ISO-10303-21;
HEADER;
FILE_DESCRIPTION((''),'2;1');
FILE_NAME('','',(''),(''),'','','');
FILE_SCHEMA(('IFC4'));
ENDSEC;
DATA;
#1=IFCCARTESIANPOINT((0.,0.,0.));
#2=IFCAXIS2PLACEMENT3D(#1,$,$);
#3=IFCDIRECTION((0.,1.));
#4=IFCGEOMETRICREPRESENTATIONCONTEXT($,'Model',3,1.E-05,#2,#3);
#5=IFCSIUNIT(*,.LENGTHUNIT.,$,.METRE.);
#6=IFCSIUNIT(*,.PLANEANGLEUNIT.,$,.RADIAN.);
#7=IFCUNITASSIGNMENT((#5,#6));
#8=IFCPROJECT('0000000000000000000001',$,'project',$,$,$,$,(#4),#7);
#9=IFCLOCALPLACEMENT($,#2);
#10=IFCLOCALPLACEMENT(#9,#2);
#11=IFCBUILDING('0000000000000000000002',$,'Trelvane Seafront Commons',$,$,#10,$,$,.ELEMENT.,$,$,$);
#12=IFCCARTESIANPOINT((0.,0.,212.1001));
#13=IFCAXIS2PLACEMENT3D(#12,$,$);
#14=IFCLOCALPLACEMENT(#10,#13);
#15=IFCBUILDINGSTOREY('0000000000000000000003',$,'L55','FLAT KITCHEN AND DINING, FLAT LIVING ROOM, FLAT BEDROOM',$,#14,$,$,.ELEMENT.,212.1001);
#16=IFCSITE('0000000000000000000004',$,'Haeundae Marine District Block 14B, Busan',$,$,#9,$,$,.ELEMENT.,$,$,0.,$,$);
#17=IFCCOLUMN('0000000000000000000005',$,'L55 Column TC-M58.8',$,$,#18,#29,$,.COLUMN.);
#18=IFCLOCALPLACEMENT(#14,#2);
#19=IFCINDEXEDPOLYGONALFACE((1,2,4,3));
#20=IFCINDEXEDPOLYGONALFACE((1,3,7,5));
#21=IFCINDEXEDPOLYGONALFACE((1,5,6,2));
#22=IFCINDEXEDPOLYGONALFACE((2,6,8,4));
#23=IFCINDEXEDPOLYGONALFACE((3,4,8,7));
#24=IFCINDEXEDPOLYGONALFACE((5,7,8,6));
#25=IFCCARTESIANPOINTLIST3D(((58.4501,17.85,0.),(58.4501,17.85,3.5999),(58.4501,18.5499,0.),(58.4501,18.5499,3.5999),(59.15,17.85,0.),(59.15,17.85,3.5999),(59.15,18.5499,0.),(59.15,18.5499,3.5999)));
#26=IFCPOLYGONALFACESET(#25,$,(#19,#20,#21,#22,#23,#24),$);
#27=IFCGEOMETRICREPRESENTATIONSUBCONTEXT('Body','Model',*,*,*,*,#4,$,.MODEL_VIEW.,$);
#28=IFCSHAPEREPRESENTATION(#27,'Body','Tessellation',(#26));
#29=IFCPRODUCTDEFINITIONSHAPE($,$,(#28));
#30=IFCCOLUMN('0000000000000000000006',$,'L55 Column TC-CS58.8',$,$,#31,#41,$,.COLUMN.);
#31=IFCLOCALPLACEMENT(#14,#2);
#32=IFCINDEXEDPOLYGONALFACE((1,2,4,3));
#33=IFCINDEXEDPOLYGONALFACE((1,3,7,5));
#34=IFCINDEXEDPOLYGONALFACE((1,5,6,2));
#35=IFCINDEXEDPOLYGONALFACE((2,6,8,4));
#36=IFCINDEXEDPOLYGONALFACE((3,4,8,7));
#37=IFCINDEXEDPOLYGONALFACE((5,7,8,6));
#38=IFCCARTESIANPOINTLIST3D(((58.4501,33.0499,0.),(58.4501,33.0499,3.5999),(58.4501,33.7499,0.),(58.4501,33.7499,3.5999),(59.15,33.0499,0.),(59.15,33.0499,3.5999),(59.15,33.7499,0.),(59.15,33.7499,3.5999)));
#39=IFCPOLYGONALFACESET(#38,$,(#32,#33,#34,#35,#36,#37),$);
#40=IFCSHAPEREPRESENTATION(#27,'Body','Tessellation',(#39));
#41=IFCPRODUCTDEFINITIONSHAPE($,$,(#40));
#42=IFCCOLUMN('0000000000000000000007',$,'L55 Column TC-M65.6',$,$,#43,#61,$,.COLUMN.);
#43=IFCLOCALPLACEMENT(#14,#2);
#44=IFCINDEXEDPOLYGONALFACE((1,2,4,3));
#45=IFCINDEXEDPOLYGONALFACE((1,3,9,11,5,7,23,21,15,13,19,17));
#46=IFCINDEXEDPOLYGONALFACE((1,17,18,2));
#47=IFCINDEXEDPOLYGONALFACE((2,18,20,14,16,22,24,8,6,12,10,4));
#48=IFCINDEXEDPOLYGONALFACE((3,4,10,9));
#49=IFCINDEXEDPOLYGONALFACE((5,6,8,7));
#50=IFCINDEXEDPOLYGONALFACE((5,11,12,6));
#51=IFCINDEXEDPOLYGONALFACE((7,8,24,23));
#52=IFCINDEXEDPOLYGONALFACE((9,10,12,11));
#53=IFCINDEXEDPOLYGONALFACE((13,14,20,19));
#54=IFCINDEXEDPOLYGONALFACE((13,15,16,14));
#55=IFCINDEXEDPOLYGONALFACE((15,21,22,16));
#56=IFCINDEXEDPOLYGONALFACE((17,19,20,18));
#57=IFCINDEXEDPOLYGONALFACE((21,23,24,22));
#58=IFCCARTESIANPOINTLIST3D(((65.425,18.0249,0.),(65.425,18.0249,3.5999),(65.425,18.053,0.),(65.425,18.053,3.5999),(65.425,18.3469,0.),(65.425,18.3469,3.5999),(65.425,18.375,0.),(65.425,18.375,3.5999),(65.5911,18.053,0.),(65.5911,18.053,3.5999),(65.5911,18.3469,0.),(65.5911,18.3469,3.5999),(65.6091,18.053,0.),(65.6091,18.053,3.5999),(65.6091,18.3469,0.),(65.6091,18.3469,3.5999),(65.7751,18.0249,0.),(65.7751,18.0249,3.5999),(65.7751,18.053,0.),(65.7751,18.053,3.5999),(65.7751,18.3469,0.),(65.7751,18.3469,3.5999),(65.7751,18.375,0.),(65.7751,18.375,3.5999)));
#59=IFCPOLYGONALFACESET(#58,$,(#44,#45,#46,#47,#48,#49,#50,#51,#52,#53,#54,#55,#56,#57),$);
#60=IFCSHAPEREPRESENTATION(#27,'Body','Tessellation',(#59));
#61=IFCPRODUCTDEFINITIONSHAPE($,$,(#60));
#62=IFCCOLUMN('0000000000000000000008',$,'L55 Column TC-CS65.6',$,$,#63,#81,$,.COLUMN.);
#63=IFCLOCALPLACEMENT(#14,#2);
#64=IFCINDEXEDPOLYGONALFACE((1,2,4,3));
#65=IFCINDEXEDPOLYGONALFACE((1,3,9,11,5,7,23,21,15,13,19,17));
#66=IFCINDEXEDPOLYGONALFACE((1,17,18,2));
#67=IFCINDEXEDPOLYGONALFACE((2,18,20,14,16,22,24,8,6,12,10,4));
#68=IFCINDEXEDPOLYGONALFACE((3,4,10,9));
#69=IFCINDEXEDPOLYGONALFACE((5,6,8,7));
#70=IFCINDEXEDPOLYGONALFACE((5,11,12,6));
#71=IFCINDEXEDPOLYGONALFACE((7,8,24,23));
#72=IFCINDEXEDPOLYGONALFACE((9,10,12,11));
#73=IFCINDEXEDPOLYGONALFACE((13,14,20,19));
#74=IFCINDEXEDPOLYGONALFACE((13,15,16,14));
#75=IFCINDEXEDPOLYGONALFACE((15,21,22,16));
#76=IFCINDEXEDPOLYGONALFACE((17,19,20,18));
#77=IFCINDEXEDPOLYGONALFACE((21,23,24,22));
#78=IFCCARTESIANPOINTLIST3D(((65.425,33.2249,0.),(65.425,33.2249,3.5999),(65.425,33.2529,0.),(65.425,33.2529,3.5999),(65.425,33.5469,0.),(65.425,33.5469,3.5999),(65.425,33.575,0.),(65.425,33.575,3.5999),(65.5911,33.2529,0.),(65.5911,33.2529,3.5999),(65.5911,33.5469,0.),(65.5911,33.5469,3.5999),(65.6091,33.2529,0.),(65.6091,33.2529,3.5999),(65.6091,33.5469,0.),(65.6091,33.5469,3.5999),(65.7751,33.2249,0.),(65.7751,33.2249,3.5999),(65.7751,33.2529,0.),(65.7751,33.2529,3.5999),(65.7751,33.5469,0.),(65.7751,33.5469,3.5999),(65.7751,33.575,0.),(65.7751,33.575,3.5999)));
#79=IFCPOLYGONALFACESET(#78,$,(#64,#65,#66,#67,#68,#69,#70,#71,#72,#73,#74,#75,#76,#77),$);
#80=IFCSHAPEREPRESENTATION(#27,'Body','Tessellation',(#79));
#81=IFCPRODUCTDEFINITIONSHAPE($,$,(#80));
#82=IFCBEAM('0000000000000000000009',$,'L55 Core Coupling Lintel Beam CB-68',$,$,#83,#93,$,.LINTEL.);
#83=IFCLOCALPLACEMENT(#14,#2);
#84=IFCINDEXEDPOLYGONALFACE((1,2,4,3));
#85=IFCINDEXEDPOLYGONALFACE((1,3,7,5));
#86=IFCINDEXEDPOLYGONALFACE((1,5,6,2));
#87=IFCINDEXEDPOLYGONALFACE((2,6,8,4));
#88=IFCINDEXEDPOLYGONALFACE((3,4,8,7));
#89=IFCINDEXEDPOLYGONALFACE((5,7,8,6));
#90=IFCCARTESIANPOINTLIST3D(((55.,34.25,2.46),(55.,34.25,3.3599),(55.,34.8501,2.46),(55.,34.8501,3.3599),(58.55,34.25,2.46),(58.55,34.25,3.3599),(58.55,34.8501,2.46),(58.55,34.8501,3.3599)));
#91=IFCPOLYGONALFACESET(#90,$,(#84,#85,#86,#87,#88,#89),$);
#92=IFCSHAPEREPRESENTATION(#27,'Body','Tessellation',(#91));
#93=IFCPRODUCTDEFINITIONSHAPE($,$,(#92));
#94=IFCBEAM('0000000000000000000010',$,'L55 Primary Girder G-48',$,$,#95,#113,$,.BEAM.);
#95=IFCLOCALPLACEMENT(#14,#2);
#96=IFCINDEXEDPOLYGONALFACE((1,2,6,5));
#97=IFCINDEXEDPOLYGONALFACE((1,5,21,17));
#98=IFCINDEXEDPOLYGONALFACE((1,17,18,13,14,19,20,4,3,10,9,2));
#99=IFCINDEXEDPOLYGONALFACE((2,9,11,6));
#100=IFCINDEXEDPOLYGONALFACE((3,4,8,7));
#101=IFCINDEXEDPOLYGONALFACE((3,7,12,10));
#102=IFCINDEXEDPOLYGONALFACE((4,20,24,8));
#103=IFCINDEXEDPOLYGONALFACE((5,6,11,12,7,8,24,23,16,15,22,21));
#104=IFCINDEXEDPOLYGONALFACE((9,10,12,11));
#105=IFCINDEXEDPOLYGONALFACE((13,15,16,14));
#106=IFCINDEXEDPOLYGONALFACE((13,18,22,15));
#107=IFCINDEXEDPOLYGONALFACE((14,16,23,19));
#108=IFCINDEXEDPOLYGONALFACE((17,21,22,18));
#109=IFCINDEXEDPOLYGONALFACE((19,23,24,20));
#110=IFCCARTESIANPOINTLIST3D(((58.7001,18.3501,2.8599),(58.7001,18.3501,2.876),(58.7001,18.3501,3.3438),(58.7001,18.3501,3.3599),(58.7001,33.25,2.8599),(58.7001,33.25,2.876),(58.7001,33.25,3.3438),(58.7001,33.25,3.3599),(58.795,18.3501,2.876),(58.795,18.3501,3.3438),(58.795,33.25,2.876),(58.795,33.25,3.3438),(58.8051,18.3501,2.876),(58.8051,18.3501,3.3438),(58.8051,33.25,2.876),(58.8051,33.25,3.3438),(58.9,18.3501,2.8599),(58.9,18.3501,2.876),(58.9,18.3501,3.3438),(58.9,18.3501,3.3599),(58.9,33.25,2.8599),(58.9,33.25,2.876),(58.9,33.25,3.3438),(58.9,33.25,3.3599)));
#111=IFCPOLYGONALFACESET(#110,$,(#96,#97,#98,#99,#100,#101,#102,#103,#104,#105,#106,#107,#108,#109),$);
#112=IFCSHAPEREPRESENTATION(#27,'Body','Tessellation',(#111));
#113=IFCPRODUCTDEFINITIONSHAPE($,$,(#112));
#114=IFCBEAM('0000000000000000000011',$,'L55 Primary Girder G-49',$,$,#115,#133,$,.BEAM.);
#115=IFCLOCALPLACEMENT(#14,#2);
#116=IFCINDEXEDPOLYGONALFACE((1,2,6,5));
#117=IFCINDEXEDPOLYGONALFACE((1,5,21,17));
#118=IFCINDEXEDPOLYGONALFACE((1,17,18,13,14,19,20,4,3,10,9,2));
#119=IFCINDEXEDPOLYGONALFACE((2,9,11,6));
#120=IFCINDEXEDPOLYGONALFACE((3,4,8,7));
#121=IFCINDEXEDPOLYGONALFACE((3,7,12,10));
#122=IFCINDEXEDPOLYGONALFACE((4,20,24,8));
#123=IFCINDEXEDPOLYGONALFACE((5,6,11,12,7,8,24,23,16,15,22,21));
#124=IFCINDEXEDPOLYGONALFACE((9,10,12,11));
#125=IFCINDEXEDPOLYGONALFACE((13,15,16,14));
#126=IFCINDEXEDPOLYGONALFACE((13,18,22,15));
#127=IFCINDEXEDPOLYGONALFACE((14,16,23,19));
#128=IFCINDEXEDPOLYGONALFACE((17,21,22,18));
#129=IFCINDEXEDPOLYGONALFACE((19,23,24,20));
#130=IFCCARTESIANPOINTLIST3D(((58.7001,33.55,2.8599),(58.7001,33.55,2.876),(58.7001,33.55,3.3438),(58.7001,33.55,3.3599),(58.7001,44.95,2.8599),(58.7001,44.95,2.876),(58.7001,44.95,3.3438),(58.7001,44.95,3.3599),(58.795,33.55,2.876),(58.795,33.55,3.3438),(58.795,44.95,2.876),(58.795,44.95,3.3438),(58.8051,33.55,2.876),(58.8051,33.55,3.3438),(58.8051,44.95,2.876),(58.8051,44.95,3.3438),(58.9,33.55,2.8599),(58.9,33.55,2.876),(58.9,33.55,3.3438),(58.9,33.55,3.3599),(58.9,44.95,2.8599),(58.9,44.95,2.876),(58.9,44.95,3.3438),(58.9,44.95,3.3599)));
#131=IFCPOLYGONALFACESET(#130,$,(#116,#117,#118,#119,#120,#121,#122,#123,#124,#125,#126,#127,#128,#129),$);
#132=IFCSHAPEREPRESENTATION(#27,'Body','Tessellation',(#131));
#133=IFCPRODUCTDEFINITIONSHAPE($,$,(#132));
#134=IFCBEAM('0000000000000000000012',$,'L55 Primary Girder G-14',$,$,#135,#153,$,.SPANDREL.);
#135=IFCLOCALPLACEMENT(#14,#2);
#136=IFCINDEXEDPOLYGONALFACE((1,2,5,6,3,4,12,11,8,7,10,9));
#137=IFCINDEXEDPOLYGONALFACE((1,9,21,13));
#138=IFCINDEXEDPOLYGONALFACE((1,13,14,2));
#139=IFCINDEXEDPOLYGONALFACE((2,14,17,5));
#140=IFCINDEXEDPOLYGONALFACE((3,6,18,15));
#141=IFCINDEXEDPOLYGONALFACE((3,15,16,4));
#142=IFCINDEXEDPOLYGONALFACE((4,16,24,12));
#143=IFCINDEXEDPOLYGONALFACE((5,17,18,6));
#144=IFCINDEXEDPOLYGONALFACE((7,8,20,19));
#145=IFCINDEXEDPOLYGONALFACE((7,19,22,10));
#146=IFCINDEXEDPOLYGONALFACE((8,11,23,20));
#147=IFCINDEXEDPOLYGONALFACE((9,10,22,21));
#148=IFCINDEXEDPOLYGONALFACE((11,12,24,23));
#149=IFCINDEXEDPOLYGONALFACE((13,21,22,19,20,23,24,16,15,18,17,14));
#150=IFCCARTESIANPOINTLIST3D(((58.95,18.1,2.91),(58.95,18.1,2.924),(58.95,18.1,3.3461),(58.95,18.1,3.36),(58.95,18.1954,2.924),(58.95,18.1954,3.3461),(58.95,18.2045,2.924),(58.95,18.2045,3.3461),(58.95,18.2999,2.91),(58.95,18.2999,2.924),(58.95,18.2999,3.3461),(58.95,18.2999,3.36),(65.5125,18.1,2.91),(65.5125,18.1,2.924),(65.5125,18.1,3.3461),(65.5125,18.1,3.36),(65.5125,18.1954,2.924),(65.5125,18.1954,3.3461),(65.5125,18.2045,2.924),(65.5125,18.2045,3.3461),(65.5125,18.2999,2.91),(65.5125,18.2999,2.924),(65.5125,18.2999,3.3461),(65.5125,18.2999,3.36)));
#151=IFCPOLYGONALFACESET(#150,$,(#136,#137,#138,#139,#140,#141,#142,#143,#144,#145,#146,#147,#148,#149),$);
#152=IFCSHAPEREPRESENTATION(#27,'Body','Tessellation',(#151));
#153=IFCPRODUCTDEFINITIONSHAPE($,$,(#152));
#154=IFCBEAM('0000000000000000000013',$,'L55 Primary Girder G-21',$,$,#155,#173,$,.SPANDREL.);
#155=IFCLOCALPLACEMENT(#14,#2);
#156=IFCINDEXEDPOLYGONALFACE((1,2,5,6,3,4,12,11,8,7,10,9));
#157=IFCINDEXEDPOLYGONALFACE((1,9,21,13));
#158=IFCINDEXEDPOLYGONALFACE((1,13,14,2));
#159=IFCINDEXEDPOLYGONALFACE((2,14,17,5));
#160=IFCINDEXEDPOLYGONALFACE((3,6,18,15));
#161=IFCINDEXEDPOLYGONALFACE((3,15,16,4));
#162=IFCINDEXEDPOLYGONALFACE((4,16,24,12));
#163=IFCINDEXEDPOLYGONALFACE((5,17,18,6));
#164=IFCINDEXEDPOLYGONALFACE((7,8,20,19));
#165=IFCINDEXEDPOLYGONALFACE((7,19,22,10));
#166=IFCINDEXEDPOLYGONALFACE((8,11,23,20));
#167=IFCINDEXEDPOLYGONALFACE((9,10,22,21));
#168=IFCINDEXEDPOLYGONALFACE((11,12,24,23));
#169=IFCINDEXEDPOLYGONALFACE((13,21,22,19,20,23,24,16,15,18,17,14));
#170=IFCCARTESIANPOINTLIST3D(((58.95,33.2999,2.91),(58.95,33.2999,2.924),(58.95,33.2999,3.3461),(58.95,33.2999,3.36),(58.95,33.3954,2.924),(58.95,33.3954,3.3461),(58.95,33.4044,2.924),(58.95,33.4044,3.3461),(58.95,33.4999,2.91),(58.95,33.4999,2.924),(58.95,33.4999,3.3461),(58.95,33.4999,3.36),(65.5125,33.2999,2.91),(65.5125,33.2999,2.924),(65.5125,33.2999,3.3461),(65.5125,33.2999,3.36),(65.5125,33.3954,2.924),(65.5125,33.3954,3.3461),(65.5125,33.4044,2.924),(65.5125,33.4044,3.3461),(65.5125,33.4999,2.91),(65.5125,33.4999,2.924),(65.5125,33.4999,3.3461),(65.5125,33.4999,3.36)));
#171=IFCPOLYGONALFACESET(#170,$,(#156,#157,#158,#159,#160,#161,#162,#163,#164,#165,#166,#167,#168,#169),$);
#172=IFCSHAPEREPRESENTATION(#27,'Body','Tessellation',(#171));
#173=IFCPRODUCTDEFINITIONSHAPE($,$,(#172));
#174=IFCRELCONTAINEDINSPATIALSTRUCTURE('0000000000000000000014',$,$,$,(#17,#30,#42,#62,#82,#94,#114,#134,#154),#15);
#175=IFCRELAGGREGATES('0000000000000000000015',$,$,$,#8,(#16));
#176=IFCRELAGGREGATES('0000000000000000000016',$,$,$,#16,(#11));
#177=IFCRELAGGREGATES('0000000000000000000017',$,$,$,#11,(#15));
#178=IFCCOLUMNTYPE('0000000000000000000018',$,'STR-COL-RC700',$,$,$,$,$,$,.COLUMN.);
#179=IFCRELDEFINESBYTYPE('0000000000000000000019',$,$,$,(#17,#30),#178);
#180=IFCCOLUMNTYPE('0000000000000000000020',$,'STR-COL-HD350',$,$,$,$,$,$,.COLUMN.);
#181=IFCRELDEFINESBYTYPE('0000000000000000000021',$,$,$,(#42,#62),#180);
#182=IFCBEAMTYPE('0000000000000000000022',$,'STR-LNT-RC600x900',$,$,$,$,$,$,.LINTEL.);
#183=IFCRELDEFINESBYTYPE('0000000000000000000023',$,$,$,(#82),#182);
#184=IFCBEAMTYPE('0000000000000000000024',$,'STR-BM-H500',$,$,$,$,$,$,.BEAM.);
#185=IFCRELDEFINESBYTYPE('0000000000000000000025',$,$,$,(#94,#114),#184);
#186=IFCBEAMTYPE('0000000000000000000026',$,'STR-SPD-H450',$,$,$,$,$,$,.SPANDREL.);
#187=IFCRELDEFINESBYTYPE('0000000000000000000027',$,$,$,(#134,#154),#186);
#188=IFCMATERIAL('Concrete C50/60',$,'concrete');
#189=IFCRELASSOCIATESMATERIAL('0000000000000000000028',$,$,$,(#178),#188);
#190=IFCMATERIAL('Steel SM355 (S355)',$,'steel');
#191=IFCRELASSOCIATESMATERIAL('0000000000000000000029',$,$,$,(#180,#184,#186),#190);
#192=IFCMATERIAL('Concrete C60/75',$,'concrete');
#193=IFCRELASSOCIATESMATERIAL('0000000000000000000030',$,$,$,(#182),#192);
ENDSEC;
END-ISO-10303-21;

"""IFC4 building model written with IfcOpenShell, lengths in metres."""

from ifc_helpers import new_model, si_unit, direction, frame, origin, origin_2d, place, context, subcontext, project, spatial, rectangle, i_section, extrude, source, transform, mapped, material, material_profile, profile_set, type_object, element, save


model = new_model("IFC4")

# Units and contexts
model_context = context("Model", 3, precision=1e-05, world=origin(), true_north=direction((0.0, 1.0)))
body_context = subcontext(model_context, "Body", "Model", "MODEL_VIEW")
ifc_project = project(units=[si_unit("LENGTHUNIT", "METRE"), si_unit("PLANEANGLEUNIT", "RADIAN")], contexts=[model_context])

# Site, building, storey
site_placement = place(None, origin())
site = spatial("IfcSite", under=ifc_project, at=site_placement, Name="Haeundae Marine District Block 14B, Busan", CompositionType="ELEMENT", RefElevation=0.0)
building_placement = place(site_placement, origin())
building = spatial("IfcBuilding", under=site, at=building_placement, Name="Trelvane Seafront Commons", CompositionType="ELEMENT")
storey_placement = place(building_placement, frame((0.0, 0.0, 212.1001)))
storey = spatial("IfcBuildingStorey", under=building, at=storey_placement, Name="L55", Description="FLAT KITCHEN AND DINING, FLAT LIVING ROOM, FLAT BEDROOM", CompositionType="ELEMENT", Elevation=212.1001)

# Columns
ifc_material_1 = material(Name="Concrete C50/60", Category="concrete")
ifc_material_profile_1 = material_profile(ifc_material_1, rectangle(XDim=0.7, YDim=0.7, at=origin_2d()), Name="RC-700x700")
ifc_profile_set_1 = profile_set([ifc_material_profile_1], Name="Concrete C50/60")
column_type_1 = type_object("IfcColumnType", Name="STR-COL-RC700", PredefinedType="COLUMN", material=ifc_profile_set_1)
shared_shape_1 = source(origin(), body_context, "Body", "SweptSolid", [
    extrude(rectangle(XDim=0.7, YDim=0.7, at=origin_2d()), origin(), (0.0, 0.0, 1.0), 3.5999),
])
for number, where, z_axis, x_axis, name in (
    (1, (58.8, 18.2, 0.0), (0.0, 0.0, 1.0), (1.0, 0.0, 0.0), "L55 Column TC-M58.8"),
    (2, (58.8, 33.3999, 0.0), (0.0, 0.0, 1.0), (1.0, 0.0, 0.0), "L55 Column TC-CS58.8"),
):
    element("IfcColumn", number, at=place(storey_placement, frame(where, z_axis=z_axis, x_axis=x_axis)), inside=storey, type_object=column_type_1, Name=name, PredefinedType="COLUMN", context=body_context, shape_type="MappedRepresentation", body=[
        mapped(shared_shape_1, transform((0.0, 0.0, 0.0), x_axis=(1.0, 0.0, 0.0), y_axis=(0.0, 1.0, 0.0), z_axis=(0.0, 0.0, 1.0), scale=1.0)),
    ])
ifc_material_2 = material(Name="Steel SM355 (S355)", Category="steel")
ifc_material_profile_2 = material_profile(ifc_material_2, i_section(OverallWidth=0.3501, OverallDepth=0.3501, WebThickness=0.0181, FlangeThickness=0.0281, at=origin_2d()), Name="HD-350x350x18x28")
ifc_profile_set_2 = profile_set([ifc_material_profile_2], Name="Steel SM355 (S355)")
column_type_2 = type_object("IfcColumnType", Name="STR-COL-HD350", PredefinedType="COLUMN", material=ifc_profile_set_2)
shared_shape_2 = source(origin(), body_context, "Body", "SweptSolid", [
    extrude(i_section(OverallWidth=0.3501, OverallDepth=0.3501, WebThickness=0.0181, FlangeThickness=0.0281, at=origin_2d()), origin(), (0.0, 0.0, 1.0), 3.5999),
])
for number, where, z_axis, x_axis, name in (
    (3, (65.6001, 18.2, 0.0), (0.0, 0.0, 1.0), (1.0, 0.0, 0.0), "L55 Column TC-M65.6"),
    (4, (65.6001, 33.3999, 0.0), (0.0, 0.0, 1.0), (1.0, 0.0, 0.0), "L55 Column TC-CS65.6"),
):
    element("IfcColumn", number, at=place(storey_placement, frame(where, z_axis=z_axis, x_axis=x_axis)), inside=storey, type_object=column_type_2, Name=name, PredefinedType="COLUMN", context=body_context, shape_type="MappedRepresentation", body=[
        mapped(shared_shape_2, transform((0.0, 0.0, 0.0), x_axis=(1.0, 0.0, 0.0), y_axis=(0.0, 1.0, 0.0), z_axis=(0.0, 0.0, 1.0), scale=1.0)),
    ])

# Beams
ifc_material_3 = material(Name="Concrete C60/75", Category="concrete")
ifc_material_profile_3 = material_profile(ifc_material_3, rectangle(XDim=0.6001, YDim=0.8999, at=origin_2d()), Name="RC-600x900")
ifc_profile_set_3 = profile_set([ifc_material_profile_3], Name="Concrete C60/75")
beam_type_1 = type_object("IfcBeamType", Name="STR-LNT-RC600x900", PredefinedType="LINTEL", material=ifc_profile_set_3)
shared_shape_3 = source(origin(), body_context, "Body", "SweptSolid", [
    extrude(rectangle(XDim=0.6001, YDim=0.8999, at=origin_2d()), origin(), (0.0, 0.0, 1.0), 3.55),
])
beam_1_placement = place(storey_placement, frame((55.0, 34.55, 2.9099), z_axis=(1.0, 0.0, 0.0), x_axis=(0.0, 1.0, 0.0)))
element("IfcBeam", 5, at=beam_1_placement, inside=storey, type_object=beam_type_1, Name="L55 Core Coupling Lintel Beam CB-68", PredefinedType="LINTEL", context=body_context, shape_type="MappedRepresentation", body=[
    mapped(shared_shape_3, transform((0.0, 0.0, 0.0), x_axis=(1.0, 0.0, 0.0), y_axis=(0.0, 1.0, 0.0), z_axis=(0.0, 0.0, 1.0), scale=1.0)),
])
ifc_material_profile_4 = material_profile(ifc_material_2, i_section(OverallWidth=0.2, OverallDepth=0.5, WebThickness=0.01, FlangeThickness=0.0161, at=origin_2d()), Name="H-500x200x10x16")
ifc_profile_set_4 = profile_set([ifc_material_profile_4], Name="Steel SM355 (S355)")
beam_type_2 = type_object("IfcBeamType", Name="STR-BM-H500", PredefinedType="BEAM", material=ifc_profile_set_4)
shared_shape_4 = source(origin(), body_context, "Body", "SweptSolid", [
    extrude(i_section(OverallWidth=0.2, OverallDepth=0.5, WebThickness=0.01, FlangeThickness=0.0161, at=origin_2d()), origin(), (0.0, 0.0, 1.0), 14.8999),
])
beam_2_placement = place(storey_placement, frame((58.8, 18.3501, 3.1099), z_axis=(0.0, 1.0, 0.0), x_axis=(-1.0, 0.0, 0.0)))
element("IfcBeam", 6, at=beam_2_placement, inside=storey, type_object=beam_type_2, Name="L55 Primary Girder G-48", PredefinedType="BEAM", context=body_context, shape_type="MappedRepresentation", body=[
    mapped(shared_shape_4, transform((0.0, 0.0, 0.0), x_axis=(1.0, 0.0, 0.0), y_axis=(0.0, 1.0, 0.0), z_axis=(0.0, 0.0, 1.0), scale=1.0)),
])
shared_shape_5 = source(origin(), body_context, "Body", "SweptSolid", [
    extrude(i_section(OverallWidth=0.2, OverallDepth=0.5, WebThickness=0.01, FlangeThickness=0.0161, at=origin_2d()), origin(), (0.0, 0.0, 1.0), 11.3999),
])
beam_3_placement = place(storey_placement, frame((58.8, 33.55, 3.1099), z_axis=(0.0, 1.0, 0.0), x_axis=(-1.0, 0.0, 0.0)))
element("IfcBeam", 7, at=beam_3_placement, inside=storey, type_object=beam_type_2, Name="L55 Primary Girder G-49", PredefinedType="BEAM", context=body_context, shape_type="MappedRepresentation", body=[
    mapped(shared_shape_5, transform((0.0, 0.0, 0.0), x_axis=(1.0, 0.0, 0.0), y_axis=(0.0, 1.0, 0.0), z_axis=(0.0, 0.0, 1.0), scale=1.0)),
])
ifc_material_profile_5 = material_profile(ifc_material_2, i_section(OverallWidth=0.2, OverallDepth=0.45, WebThickness=0.009, FlangeThickness=0.0139, at=origin_2d()), Name="H-450x200x9x14")
ifc_profile_set_5 = profile_set([ifc_material_profile_5], Name="Steel SM355 (S355)")
beam_type_3 = type_object("IfcBeamType", Name="STR-SPD-H450", PredefinedType="SPANDREL", material=ifc_profile_set_5)
shared_shape_6 = source(origin(), body_context, "Body", "SweptSolid", [
    extrude(i_section(OverallWidth=0.2, OverallDepth=0.45, WebThickness=0.009, FlangeThickness=0.0139, at=origin_2d()), origin(), (0.0, 0.0, 1.0), 6.5625),
])
for number, where, z_axis, x_axis, name in (
    (8, (58.95, 18.2, 3.135), (1.0, 0.0, 0.0), (0.0, 1.0, 0.0), "L55 Primary Girder G-14"),
    (9, (58.95, 33.3999, 3.135), (1.0, 0.0, 0.0), (0.0, 1.0, 0.0), "L55 Primary Girder G-21"),
):
    element("IfcBeam", number, at=place(storey_placement, frame(where, z_axis=z_axis, x_axis=x_axis)), inside=storey, type_object=beam_type_3, Name=name, PredefinedType="SPANDREL", context=body_context, shape_type="MappedRepresentation", body=[
        mapped(shared_shape_6, transform((0.0, 0.0, 0.0), x_axis=(1.0, 0.0, 0.0), y_axis=(0.0, 1.0, 0.0), z_axis=(0.0, 0.0, 1.0), scale=1.0)),
    ])

save(model, "model.ifc")
